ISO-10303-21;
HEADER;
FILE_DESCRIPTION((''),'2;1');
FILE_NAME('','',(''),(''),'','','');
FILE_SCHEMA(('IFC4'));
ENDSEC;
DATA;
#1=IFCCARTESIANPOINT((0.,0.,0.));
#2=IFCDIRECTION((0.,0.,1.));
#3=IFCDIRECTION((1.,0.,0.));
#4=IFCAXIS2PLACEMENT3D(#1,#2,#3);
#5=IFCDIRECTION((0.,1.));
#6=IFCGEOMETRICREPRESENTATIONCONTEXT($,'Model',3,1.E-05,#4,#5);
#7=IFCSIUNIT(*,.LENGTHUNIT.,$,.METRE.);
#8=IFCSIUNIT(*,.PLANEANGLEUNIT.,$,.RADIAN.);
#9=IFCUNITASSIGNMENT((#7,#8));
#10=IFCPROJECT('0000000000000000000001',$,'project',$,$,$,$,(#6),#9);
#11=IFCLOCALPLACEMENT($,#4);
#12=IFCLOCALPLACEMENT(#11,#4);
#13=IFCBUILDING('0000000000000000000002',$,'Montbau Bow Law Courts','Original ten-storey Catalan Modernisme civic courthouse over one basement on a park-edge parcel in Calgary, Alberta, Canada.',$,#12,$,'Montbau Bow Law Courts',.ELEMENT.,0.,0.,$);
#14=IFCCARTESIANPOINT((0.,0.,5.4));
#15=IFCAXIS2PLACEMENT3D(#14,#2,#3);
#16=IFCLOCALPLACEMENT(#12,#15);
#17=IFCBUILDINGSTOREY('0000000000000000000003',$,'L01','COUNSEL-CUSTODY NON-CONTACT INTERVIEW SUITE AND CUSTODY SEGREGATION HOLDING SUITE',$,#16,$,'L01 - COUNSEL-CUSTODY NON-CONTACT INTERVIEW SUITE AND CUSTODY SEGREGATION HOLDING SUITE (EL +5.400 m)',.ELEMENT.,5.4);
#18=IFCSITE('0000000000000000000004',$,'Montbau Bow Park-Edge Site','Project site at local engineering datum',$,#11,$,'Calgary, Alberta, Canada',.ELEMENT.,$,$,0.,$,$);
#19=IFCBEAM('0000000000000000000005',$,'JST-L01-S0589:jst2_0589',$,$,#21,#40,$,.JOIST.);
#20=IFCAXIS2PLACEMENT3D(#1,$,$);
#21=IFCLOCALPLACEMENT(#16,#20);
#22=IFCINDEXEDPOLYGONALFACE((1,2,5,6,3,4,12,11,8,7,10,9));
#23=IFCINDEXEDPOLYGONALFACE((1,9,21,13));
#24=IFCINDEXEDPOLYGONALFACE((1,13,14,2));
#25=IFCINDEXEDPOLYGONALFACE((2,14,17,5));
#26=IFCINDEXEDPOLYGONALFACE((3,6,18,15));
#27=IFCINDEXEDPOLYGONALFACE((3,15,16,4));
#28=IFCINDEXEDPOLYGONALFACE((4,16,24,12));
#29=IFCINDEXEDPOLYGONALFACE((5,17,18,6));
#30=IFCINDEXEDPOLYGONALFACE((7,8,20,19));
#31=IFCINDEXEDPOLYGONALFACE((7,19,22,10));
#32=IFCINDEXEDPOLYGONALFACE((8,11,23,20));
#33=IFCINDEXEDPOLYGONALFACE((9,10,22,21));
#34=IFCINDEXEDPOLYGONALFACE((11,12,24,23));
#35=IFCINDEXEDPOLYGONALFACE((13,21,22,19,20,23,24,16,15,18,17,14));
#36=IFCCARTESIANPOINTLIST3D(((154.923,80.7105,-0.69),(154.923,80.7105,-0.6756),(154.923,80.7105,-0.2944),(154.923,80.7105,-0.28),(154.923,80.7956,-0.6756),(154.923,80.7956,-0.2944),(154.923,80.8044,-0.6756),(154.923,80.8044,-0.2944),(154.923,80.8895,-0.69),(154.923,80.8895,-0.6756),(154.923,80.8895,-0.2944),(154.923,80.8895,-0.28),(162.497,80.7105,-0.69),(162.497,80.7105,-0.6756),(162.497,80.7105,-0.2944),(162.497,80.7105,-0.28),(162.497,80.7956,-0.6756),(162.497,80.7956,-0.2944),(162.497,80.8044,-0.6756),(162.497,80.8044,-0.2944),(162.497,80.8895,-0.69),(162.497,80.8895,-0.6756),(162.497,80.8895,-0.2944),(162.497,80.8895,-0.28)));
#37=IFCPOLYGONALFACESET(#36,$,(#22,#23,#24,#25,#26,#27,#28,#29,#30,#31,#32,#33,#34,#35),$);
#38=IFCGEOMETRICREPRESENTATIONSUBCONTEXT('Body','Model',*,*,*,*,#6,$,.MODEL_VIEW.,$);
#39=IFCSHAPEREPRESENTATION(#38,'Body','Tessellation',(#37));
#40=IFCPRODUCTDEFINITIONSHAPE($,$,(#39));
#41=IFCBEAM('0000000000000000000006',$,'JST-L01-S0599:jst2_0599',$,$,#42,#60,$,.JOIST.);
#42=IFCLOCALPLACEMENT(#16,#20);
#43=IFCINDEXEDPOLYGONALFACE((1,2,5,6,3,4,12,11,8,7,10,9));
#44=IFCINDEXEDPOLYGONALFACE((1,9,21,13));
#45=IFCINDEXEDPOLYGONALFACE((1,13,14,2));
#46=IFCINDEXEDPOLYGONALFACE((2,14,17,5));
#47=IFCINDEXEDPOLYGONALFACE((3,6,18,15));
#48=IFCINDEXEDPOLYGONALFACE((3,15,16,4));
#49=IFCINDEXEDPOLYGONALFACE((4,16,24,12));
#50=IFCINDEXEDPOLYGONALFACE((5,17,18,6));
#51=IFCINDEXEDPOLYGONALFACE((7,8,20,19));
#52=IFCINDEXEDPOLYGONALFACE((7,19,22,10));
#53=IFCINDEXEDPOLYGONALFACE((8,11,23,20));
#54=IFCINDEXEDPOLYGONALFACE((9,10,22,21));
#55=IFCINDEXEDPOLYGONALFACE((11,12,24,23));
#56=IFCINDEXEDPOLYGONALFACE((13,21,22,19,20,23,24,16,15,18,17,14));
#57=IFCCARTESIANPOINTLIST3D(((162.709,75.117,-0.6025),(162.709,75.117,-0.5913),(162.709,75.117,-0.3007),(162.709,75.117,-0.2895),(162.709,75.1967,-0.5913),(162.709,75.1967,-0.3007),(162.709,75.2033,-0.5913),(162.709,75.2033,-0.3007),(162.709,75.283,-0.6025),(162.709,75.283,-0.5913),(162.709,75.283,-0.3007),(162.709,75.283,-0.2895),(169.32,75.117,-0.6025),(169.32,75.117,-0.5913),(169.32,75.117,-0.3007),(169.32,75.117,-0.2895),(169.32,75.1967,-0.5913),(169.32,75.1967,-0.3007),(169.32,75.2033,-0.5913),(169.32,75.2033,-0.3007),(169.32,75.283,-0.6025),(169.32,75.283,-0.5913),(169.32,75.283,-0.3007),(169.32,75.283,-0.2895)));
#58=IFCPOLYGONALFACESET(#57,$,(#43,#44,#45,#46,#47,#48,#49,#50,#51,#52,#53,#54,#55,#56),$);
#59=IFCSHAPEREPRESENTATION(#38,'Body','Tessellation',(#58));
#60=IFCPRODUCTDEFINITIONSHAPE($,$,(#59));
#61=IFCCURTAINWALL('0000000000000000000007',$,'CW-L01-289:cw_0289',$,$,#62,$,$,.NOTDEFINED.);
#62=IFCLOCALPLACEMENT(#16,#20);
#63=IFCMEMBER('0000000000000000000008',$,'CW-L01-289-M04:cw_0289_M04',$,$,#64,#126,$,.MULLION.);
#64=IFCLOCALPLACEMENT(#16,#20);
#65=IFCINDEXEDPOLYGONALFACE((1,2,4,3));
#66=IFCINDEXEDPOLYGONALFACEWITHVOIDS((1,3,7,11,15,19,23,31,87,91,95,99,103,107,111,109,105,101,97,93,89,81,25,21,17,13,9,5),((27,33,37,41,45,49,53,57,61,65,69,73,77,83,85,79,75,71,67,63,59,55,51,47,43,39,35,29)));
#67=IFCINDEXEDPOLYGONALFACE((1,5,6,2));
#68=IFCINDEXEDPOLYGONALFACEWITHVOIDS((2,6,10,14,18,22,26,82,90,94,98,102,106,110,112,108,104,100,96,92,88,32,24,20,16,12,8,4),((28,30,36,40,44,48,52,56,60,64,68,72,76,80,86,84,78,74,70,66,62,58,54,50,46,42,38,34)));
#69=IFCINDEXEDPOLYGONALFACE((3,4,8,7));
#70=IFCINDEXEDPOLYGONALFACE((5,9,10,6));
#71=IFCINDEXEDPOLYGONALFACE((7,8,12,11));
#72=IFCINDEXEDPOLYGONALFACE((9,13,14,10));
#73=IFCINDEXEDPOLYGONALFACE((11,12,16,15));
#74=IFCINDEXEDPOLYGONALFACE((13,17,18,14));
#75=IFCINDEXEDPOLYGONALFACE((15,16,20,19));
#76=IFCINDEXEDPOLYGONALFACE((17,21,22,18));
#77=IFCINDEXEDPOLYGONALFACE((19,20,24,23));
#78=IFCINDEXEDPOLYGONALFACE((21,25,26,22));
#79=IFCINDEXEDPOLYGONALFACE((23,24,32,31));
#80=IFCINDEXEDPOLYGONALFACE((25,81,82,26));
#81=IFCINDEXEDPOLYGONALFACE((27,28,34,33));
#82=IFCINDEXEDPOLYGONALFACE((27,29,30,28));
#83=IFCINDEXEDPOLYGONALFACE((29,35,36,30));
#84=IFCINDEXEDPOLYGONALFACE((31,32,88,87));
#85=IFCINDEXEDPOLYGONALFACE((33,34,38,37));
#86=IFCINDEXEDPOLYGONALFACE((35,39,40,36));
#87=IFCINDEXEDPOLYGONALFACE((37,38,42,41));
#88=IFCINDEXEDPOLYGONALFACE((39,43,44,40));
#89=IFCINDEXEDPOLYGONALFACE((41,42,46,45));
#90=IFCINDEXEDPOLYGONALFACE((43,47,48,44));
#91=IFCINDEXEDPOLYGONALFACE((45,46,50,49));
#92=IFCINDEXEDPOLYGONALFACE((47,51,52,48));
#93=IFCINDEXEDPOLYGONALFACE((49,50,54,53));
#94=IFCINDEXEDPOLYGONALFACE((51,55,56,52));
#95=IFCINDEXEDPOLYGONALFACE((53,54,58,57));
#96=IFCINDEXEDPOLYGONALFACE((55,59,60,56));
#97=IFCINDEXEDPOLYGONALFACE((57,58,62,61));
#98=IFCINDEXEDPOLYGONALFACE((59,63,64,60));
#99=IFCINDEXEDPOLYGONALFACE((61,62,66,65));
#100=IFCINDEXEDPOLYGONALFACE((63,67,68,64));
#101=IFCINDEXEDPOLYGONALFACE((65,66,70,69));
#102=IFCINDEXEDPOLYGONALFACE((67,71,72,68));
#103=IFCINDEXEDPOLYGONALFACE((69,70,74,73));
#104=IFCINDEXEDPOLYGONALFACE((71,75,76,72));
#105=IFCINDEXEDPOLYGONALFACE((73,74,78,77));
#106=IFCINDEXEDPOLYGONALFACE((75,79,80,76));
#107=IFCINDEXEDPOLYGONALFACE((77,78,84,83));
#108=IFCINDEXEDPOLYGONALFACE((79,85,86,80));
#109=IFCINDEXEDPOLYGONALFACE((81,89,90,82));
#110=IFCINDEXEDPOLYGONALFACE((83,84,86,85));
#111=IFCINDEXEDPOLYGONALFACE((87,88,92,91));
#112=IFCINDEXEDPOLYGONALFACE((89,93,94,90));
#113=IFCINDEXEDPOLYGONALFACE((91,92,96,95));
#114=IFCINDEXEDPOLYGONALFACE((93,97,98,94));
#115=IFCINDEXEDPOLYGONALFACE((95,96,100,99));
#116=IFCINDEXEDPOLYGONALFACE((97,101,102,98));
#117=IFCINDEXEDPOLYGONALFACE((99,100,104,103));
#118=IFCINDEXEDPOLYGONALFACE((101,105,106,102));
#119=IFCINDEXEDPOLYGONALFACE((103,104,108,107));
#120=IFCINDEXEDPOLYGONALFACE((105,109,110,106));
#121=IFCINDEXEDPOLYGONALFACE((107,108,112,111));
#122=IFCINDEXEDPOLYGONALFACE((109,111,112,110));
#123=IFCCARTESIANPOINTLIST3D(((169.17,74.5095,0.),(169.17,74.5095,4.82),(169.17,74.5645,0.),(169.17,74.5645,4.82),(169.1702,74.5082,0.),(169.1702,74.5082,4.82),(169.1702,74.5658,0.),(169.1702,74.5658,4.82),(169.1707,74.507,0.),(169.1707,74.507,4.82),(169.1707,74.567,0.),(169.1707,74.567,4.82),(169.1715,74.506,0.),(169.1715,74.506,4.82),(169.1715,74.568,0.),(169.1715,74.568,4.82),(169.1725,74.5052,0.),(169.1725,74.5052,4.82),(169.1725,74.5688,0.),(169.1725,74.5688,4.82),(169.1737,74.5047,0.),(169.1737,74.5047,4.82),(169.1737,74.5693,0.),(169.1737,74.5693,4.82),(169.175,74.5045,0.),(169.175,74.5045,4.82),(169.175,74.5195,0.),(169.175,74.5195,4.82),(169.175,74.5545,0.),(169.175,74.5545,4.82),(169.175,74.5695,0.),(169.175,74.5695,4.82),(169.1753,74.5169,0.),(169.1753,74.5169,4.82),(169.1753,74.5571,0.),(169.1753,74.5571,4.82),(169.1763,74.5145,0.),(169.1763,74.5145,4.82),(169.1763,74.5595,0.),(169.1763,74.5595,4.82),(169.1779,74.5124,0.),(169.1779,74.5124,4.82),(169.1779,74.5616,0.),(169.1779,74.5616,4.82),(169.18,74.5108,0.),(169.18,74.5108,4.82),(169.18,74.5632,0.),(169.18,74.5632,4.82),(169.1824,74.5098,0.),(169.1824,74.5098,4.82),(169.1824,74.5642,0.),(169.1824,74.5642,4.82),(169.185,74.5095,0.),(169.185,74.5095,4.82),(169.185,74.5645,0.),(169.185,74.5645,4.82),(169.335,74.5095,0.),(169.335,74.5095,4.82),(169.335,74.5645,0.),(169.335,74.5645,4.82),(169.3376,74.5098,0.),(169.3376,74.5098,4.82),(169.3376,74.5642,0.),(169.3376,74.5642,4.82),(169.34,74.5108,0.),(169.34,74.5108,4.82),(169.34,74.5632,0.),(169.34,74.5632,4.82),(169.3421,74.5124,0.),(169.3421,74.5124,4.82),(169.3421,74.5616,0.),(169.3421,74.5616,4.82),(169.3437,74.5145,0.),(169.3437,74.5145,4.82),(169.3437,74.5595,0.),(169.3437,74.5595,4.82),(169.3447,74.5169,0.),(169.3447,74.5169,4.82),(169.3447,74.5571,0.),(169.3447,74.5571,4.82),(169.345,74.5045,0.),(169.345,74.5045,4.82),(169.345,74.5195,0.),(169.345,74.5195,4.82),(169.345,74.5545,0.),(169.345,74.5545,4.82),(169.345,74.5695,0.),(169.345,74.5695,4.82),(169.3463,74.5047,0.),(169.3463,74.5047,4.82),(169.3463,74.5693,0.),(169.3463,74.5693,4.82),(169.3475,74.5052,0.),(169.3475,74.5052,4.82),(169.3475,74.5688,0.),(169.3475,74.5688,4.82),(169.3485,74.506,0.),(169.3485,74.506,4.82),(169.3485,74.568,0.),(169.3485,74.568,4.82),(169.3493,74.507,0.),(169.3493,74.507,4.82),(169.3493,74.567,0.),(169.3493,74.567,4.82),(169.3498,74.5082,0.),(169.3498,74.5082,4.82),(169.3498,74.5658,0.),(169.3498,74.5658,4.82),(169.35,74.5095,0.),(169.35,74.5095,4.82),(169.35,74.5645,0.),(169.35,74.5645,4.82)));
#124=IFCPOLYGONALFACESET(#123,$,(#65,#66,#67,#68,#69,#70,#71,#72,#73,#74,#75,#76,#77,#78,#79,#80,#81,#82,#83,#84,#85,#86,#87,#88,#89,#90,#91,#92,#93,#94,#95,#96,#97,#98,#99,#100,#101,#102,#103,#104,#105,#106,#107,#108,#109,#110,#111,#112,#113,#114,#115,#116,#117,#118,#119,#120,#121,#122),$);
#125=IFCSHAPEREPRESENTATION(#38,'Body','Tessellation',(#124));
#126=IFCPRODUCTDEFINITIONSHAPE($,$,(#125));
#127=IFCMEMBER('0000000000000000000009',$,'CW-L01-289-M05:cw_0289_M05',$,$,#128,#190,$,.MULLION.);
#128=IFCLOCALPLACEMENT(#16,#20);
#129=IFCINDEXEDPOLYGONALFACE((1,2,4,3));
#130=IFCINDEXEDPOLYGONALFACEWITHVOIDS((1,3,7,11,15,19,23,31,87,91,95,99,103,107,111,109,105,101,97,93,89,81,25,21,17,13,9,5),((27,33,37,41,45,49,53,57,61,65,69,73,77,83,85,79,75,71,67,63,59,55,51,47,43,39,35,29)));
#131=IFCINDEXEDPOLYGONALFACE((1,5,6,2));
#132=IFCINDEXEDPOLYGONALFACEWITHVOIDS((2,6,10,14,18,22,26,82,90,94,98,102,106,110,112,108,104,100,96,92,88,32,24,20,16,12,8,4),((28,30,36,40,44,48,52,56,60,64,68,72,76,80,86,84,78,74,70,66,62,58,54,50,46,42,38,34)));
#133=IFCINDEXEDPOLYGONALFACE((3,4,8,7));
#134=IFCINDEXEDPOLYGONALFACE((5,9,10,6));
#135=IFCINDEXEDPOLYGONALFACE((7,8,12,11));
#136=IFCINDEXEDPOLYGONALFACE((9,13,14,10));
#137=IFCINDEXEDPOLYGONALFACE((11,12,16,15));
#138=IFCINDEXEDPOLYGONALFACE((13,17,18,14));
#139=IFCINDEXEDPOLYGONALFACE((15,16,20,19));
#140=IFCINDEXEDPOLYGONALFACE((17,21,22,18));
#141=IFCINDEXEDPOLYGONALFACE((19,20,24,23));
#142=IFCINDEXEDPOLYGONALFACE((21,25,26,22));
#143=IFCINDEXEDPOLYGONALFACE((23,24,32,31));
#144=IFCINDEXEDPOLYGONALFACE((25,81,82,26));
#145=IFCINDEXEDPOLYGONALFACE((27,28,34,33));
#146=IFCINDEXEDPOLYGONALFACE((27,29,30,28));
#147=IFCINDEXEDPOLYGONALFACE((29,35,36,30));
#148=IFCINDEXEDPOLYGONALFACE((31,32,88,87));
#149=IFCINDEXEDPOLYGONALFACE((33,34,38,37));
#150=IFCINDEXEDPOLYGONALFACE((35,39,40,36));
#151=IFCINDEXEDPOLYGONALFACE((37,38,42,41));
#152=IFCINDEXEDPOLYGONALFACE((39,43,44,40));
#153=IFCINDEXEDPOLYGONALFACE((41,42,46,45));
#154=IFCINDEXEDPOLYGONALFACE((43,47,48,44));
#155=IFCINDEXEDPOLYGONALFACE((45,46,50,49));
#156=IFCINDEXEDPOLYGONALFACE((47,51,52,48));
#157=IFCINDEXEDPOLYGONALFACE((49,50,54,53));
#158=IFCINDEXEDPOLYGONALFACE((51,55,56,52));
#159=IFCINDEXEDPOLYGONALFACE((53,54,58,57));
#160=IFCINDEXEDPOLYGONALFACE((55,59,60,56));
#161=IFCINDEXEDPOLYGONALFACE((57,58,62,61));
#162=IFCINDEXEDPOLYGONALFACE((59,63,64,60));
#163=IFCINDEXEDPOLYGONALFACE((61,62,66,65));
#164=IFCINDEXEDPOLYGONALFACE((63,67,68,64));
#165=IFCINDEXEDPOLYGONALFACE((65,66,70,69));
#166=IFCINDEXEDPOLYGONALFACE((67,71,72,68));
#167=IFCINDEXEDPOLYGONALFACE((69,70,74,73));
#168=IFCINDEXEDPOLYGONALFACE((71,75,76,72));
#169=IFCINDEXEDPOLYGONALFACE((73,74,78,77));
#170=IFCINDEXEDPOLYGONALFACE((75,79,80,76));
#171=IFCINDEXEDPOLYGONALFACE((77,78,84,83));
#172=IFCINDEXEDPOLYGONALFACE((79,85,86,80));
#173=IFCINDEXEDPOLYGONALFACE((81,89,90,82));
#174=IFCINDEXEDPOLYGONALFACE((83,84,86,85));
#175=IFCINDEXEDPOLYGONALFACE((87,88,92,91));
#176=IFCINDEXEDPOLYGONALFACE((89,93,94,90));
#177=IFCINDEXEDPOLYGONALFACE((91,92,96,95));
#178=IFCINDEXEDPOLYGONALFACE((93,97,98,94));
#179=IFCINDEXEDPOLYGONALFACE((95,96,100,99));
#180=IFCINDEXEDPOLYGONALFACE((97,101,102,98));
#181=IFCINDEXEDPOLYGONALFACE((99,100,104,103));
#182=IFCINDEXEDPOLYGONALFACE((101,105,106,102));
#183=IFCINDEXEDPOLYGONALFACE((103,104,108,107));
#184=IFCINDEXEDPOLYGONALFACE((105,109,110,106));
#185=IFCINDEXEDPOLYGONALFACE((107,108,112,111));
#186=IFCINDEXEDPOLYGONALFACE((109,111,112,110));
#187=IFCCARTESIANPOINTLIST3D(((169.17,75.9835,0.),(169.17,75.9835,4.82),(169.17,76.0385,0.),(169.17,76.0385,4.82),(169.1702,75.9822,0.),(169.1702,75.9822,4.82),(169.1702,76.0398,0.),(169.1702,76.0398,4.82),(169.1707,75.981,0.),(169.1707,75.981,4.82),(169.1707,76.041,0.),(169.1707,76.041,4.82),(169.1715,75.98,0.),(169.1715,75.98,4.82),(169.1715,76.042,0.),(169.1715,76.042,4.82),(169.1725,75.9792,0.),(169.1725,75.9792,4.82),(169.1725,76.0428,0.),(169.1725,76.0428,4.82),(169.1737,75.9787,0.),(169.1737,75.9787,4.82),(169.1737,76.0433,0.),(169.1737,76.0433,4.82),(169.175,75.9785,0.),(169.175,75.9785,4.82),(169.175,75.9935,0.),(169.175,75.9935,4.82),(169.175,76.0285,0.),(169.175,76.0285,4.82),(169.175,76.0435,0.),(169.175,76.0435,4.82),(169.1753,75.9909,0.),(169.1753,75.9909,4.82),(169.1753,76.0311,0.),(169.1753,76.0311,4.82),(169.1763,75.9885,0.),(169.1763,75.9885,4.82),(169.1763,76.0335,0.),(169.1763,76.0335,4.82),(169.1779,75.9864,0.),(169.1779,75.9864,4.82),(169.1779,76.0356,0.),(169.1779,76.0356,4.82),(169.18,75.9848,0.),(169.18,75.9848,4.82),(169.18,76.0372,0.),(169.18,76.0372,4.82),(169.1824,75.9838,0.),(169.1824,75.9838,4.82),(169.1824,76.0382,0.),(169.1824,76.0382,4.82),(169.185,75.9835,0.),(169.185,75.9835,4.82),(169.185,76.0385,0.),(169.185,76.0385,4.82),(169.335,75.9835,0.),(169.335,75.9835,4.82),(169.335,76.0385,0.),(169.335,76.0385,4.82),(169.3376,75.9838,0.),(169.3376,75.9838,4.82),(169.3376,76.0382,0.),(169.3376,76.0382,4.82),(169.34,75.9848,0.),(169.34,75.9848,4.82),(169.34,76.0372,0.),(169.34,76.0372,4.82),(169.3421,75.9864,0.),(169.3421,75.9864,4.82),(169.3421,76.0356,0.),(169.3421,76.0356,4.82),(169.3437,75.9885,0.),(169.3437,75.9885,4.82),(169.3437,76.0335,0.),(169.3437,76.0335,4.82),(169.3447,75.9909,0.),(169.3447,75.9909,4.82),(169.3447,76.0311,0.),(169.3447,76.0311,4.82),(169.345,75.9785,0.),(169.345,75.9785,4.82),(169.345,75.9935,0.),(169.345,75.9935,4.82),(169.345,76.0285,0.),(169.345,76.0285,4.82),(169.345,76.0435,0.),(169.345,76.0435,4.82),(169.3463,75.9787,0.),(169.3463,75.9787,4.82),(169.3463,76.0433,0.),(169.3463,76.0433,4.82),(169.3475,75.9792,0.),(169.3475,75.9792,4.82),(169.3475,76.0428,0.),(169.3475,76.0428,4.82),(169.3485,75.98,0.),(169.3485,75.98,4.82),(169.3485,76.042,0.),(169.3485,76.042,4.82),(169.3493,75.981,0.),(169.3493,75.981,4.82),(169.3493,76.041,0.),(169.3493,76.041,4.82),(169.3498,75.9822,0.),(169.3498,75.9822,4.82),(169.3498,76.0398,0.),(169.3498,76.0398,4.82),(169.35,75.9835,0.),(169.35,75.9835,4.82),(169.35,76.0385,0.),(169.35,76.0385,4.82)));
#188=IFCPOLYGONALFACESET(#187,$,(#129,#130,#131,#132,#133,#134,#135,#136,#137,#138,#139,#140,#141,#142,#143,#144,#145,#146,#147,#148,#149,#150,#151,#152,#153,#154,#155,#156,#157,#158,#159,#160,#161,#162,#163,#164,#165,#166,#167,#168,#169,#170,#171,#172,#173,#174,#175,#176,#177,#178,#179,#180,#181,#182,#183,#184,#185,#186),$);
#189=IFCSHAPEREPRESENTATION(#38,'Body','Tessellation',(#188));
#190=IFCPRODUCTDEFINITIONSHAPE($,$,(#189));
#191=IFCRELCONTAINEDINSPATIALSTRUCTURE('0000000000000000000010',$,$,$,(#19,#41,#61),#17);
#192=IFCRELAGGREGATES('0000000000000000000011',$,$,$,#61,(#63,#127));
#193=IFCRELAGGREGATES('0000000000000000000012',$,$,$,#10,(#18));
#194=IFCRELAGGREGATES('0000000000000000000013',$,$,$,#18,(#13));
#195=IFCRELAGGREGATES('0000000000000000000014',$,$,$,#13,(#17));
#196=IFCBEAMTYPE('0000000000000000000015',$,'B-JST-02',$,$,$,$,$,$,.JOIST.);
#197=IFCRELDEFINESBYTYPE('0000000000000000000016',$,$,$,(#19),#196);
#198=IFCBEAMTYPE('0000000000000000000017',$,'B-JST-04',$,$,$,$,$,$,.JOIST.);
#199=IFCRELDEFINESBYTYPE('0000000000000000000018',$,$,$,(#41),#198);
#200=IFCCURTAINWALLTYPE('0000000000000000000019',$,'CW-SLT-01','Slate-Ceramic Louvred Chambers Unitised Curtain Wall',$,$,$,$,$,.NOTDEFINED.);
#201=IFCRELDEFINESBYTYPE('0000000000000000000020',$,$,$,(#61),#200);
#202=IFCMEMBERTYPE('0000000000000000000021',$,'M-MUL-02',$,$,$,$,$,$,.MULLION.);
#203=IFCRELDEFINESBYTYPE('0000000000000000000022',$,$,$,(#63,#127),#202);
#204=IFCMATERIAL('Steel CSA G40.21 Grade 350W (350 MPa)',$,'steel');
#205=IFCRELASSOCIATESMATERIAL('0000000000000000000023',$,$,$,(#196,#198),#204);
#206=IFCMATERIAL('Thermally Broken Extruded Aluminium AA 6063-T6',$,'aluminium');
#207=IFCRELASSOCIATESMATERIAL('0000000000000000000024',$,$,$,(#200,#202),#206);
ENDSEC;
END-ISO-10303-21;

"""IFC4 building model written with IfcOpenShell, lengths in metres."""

from ifc_helpers import new_model, si_unit, direction, frame, origin_with_axes, origin_2d_with_axis, place, context, subcontext, project, spatial, hollow_rectangle, i_section, extrude, material, material_profile, profile_set, type_object, element, aggregate, save


model = new_model("IFC4")

# Units and contexts
model_context = context("Model", 3, precision=1e-05, world=origin_with_axes(), true_north=direction((0.0, 1.0)))
body_context = subcontext(model_context, "Body", "Model", "MODEL_VIEW")
ifc_project = project(units=[si_unit("LENGTHUNIT", "METRE"), si_unit("PLANEANGLEUNIT", "RADIAN")], contexts=[model_context])

# Site, building, storey
site_placement = place(None, origin_with_axes())
site = spatial("IfcSite", under=ifc_project, at=site_placement, Name="Montbau Bow Park-Edge Site", Description="Project site at local engineering datum", LongName="Calgary, Alberta, Canada", CompositionType="ELEMENT", RefElevation=0.0)
building_placement = place(site_placement, origin_with_axes())
building = spatial("IfcBuilding", under=site, at=building_placement, Name="Montbau Bow Law Courts", Description="Original ten-storey Catalan Modernisme civic courthouse over one basement on a park-edge parcel in Calgary, Alberta, Canada.", LongName="Montbau Bow Law Courts", CompositionType="ELEMENT", ElevationOfRefHeight=0.0, ElevationOfTerrain=0.0)
storey_placement = place(building_placement, frame((0.0, 0.0, 5.4), z_axis=(0.0, 0.0, 1.0), x_axis=(1.0, 0.0, 0.0)))
storey = spatial("IfcBuildingStorey", under=building, at=storey_placement, Name="L01", Description="COUNSEL-CUSTODY NON-CONTACT INTERVIEW SUITE AND CUSTODY SEGREGATION HOLDING SUITE", LongName="L01 - COUNSEL-CUSTODY NON-CONTACT INTERVIEW SUITE AND CUSTODY SEGREGATION HOLDING SUITE (EL +5.400 m)", CompositionType="ELEMENT", Elevation=5.4)

# Beams
ifc_material_1 = material(Name="Steel CSA G40.21 Grade 350W (350 MPa)", Category="steel")
ifc_material_profile_1 = material_profile(ifc_material_1, i_section(OverallWidth=0.179, OverallDepth=0.41, WebThickness=0.0088, FlangeThickness=0.0144, at=origin_2d_with_axis()), Name="W410X67", Category="Main", Priority=0)
ifc_profile_set_1 = profile_set([ifc_material_profile_1], Name="Steel CSA G40.21 Grade 350W (350 MPa)")
beam_type_1 = type_object("IfcBeamType", Name="B-JST-02", PredefinedType="JOIST", material=ifc_profile_set_1)
beam_1_placement = place(None, frame((154.923, 80.8, 4.915), z_axis=(1.0, 0.0, 0.0), x_axis=(0.0, 1.0, 0.0)))
element("IfcBeam", 1, at=beam_1_placement, inside=storey, type_object=beam_type_1, Name="JST-L01-S0589:jst2_0589", PredefinedType="JOIST", context=body_context, shape_type="SweptSolid", body=[
    extrude(i_section(OverallWidth=0.179, OverallDepth=0.41, WebThickness=0.0088, FlangeThickness=0.0144, at=origin_2d_with_axis()), origin_with_axes(), (0.0, 0.0, 1.0), 7.574),
])
ifc_material_profile_2 = material_profile(ifc_material_1, i_section(OverallWidth=0.166, OverallDepth=0.313, WebThickness=0.0066, FlangeThickness=0.0112, at=origin_2d_with_axis()), Name="W310X45", Category="Main", Priority=0)
ifc_profile_set_2 = profile_set([ifc_material_profile_2], Name="Steel CSA G40.21 Grade 350W (350 MPa)")
beam_type_2 = type_object("IfcBeamType", Name="B-JST-04", PredefinedType="JOIST", material=ifc_profile_set_2)
beam_2_placement = place(None, frame((162.709, 75.2, 4.954), z_axis=(1.0, 0.0, 0.0), x_axis=(0.0, 1.0, 0.0)))
element("IfcBeam", 2, at=beam_2_placement, inside=storey, type_object=beam_type_2, Name="JST-L01-S0599:jst2_0599", PredefinedType="JOIST", context=body_context, shape_type="SweptSolid", body=[
    extrude(i_section(OverallWidth=0.166, OverallDepth=0.313, WebThickness=0.0066, FlangeThickness=0.0112, at=origin_2d_with_axis()), origin_with_axes(), (0.0, 0.0, 1.0), 6.611),
])

# Curtain wall, members
ifc_material_2 = material(Name="Thermally Broken Extruded Aluminium AA 6063-T6", Category="aluminium")
curtain_wall_type = type_object("IfcCurtainWallType", Name="CW-SLT-01", Description="Slate-Ceramic Louvred Chambers Unitised Curtain Wall", PredefinedType="NOTDEFINED", material=ifc_material_2)
curtain_wall_1_placement = place(None, frame((169.26, 70.115, 5.4), z_axis=(0.0, 0.0, 1.0), x_axis=(1.0, 0.0, 0.0)))
curtain_wall_1 = element("IfcCurtainWall", 3, at=curtain_wall_1_placement, inside=storey, type_object=curtain_wall_type, Name="CW-L01-289:cw_0289", PredefinedType="NOTDEFINED")
ifc_material_profile_3 = material_profile(ifc_material_2, hollow_rectangle(XDim=0.065, YDim=0.18, WallThickness=0.005, InnerFilletRadius=0.01, OuterFilletRadius=0.005, at=origin_2d_with_axis()), Name="CWM-180X65", Category="Main", Priority=0)
ifc_profile_set_3 = profile_set([ifc_material_profile_3], Name="Thermally Broken Extruded Aluminium AA 6063-T6")
member_type_1 = type_object("IfcMemberType", Name="M-MUL-02", PredefinedType="MULLION", material=ifc_profile_set_3)
member_1_placement = place(None, frame((169.26, 74.537, 5.4), z_axis=(0.0, 0.0, 1.0), x_axis=(0.0, 1.0, 0.0)))
member_1 = element("IfcMember", 4, at=member_1_placement, type_object=member_type_1, Name="CW-L01-289-M04:cw_0289_M04", PredefinedType="MULLION", context=body_context, shape_type="SweptSolid", body=[
    extrude(hollow_rectangle(XDim=0.065, YDim=0.18, WallThickness=0.005, InnerFilletRadius=0.01, OuterFilletRadius=0.005, at=origin_2d_with_axis()), origin_with_axes(), (0.0, 0.0, 1.0), 4.82),
])
member_2_placement = place(None, frame((169.26, 76.011, 5.4), z_axis=(0.0, 0.0, 1.0), x_axis=(0.0, 1.0, 0.0)))
member_2 = element("IfcMember", 5, at=member_2_placement, type_object=member_type_1, Name="CW-L01-289-M05:cw_0289_M05", PredefinedType="MULLION", context=body_context, shape_type="SweptSolid", body=[
    extrude(hollow_rectangle(XDim=0.065, YDim=0.18, WallThickness=0.005, InnerFilletRadius=0.01, OuterFilletRadius=0.005, at=origin_2d_with_axis()), origin_with_axes(), (0.0, 0.0, 1.0), 4.82),
])

aggregate(curtain_wall_1, [member_1, member_2])

save(model, "model.ifc")
